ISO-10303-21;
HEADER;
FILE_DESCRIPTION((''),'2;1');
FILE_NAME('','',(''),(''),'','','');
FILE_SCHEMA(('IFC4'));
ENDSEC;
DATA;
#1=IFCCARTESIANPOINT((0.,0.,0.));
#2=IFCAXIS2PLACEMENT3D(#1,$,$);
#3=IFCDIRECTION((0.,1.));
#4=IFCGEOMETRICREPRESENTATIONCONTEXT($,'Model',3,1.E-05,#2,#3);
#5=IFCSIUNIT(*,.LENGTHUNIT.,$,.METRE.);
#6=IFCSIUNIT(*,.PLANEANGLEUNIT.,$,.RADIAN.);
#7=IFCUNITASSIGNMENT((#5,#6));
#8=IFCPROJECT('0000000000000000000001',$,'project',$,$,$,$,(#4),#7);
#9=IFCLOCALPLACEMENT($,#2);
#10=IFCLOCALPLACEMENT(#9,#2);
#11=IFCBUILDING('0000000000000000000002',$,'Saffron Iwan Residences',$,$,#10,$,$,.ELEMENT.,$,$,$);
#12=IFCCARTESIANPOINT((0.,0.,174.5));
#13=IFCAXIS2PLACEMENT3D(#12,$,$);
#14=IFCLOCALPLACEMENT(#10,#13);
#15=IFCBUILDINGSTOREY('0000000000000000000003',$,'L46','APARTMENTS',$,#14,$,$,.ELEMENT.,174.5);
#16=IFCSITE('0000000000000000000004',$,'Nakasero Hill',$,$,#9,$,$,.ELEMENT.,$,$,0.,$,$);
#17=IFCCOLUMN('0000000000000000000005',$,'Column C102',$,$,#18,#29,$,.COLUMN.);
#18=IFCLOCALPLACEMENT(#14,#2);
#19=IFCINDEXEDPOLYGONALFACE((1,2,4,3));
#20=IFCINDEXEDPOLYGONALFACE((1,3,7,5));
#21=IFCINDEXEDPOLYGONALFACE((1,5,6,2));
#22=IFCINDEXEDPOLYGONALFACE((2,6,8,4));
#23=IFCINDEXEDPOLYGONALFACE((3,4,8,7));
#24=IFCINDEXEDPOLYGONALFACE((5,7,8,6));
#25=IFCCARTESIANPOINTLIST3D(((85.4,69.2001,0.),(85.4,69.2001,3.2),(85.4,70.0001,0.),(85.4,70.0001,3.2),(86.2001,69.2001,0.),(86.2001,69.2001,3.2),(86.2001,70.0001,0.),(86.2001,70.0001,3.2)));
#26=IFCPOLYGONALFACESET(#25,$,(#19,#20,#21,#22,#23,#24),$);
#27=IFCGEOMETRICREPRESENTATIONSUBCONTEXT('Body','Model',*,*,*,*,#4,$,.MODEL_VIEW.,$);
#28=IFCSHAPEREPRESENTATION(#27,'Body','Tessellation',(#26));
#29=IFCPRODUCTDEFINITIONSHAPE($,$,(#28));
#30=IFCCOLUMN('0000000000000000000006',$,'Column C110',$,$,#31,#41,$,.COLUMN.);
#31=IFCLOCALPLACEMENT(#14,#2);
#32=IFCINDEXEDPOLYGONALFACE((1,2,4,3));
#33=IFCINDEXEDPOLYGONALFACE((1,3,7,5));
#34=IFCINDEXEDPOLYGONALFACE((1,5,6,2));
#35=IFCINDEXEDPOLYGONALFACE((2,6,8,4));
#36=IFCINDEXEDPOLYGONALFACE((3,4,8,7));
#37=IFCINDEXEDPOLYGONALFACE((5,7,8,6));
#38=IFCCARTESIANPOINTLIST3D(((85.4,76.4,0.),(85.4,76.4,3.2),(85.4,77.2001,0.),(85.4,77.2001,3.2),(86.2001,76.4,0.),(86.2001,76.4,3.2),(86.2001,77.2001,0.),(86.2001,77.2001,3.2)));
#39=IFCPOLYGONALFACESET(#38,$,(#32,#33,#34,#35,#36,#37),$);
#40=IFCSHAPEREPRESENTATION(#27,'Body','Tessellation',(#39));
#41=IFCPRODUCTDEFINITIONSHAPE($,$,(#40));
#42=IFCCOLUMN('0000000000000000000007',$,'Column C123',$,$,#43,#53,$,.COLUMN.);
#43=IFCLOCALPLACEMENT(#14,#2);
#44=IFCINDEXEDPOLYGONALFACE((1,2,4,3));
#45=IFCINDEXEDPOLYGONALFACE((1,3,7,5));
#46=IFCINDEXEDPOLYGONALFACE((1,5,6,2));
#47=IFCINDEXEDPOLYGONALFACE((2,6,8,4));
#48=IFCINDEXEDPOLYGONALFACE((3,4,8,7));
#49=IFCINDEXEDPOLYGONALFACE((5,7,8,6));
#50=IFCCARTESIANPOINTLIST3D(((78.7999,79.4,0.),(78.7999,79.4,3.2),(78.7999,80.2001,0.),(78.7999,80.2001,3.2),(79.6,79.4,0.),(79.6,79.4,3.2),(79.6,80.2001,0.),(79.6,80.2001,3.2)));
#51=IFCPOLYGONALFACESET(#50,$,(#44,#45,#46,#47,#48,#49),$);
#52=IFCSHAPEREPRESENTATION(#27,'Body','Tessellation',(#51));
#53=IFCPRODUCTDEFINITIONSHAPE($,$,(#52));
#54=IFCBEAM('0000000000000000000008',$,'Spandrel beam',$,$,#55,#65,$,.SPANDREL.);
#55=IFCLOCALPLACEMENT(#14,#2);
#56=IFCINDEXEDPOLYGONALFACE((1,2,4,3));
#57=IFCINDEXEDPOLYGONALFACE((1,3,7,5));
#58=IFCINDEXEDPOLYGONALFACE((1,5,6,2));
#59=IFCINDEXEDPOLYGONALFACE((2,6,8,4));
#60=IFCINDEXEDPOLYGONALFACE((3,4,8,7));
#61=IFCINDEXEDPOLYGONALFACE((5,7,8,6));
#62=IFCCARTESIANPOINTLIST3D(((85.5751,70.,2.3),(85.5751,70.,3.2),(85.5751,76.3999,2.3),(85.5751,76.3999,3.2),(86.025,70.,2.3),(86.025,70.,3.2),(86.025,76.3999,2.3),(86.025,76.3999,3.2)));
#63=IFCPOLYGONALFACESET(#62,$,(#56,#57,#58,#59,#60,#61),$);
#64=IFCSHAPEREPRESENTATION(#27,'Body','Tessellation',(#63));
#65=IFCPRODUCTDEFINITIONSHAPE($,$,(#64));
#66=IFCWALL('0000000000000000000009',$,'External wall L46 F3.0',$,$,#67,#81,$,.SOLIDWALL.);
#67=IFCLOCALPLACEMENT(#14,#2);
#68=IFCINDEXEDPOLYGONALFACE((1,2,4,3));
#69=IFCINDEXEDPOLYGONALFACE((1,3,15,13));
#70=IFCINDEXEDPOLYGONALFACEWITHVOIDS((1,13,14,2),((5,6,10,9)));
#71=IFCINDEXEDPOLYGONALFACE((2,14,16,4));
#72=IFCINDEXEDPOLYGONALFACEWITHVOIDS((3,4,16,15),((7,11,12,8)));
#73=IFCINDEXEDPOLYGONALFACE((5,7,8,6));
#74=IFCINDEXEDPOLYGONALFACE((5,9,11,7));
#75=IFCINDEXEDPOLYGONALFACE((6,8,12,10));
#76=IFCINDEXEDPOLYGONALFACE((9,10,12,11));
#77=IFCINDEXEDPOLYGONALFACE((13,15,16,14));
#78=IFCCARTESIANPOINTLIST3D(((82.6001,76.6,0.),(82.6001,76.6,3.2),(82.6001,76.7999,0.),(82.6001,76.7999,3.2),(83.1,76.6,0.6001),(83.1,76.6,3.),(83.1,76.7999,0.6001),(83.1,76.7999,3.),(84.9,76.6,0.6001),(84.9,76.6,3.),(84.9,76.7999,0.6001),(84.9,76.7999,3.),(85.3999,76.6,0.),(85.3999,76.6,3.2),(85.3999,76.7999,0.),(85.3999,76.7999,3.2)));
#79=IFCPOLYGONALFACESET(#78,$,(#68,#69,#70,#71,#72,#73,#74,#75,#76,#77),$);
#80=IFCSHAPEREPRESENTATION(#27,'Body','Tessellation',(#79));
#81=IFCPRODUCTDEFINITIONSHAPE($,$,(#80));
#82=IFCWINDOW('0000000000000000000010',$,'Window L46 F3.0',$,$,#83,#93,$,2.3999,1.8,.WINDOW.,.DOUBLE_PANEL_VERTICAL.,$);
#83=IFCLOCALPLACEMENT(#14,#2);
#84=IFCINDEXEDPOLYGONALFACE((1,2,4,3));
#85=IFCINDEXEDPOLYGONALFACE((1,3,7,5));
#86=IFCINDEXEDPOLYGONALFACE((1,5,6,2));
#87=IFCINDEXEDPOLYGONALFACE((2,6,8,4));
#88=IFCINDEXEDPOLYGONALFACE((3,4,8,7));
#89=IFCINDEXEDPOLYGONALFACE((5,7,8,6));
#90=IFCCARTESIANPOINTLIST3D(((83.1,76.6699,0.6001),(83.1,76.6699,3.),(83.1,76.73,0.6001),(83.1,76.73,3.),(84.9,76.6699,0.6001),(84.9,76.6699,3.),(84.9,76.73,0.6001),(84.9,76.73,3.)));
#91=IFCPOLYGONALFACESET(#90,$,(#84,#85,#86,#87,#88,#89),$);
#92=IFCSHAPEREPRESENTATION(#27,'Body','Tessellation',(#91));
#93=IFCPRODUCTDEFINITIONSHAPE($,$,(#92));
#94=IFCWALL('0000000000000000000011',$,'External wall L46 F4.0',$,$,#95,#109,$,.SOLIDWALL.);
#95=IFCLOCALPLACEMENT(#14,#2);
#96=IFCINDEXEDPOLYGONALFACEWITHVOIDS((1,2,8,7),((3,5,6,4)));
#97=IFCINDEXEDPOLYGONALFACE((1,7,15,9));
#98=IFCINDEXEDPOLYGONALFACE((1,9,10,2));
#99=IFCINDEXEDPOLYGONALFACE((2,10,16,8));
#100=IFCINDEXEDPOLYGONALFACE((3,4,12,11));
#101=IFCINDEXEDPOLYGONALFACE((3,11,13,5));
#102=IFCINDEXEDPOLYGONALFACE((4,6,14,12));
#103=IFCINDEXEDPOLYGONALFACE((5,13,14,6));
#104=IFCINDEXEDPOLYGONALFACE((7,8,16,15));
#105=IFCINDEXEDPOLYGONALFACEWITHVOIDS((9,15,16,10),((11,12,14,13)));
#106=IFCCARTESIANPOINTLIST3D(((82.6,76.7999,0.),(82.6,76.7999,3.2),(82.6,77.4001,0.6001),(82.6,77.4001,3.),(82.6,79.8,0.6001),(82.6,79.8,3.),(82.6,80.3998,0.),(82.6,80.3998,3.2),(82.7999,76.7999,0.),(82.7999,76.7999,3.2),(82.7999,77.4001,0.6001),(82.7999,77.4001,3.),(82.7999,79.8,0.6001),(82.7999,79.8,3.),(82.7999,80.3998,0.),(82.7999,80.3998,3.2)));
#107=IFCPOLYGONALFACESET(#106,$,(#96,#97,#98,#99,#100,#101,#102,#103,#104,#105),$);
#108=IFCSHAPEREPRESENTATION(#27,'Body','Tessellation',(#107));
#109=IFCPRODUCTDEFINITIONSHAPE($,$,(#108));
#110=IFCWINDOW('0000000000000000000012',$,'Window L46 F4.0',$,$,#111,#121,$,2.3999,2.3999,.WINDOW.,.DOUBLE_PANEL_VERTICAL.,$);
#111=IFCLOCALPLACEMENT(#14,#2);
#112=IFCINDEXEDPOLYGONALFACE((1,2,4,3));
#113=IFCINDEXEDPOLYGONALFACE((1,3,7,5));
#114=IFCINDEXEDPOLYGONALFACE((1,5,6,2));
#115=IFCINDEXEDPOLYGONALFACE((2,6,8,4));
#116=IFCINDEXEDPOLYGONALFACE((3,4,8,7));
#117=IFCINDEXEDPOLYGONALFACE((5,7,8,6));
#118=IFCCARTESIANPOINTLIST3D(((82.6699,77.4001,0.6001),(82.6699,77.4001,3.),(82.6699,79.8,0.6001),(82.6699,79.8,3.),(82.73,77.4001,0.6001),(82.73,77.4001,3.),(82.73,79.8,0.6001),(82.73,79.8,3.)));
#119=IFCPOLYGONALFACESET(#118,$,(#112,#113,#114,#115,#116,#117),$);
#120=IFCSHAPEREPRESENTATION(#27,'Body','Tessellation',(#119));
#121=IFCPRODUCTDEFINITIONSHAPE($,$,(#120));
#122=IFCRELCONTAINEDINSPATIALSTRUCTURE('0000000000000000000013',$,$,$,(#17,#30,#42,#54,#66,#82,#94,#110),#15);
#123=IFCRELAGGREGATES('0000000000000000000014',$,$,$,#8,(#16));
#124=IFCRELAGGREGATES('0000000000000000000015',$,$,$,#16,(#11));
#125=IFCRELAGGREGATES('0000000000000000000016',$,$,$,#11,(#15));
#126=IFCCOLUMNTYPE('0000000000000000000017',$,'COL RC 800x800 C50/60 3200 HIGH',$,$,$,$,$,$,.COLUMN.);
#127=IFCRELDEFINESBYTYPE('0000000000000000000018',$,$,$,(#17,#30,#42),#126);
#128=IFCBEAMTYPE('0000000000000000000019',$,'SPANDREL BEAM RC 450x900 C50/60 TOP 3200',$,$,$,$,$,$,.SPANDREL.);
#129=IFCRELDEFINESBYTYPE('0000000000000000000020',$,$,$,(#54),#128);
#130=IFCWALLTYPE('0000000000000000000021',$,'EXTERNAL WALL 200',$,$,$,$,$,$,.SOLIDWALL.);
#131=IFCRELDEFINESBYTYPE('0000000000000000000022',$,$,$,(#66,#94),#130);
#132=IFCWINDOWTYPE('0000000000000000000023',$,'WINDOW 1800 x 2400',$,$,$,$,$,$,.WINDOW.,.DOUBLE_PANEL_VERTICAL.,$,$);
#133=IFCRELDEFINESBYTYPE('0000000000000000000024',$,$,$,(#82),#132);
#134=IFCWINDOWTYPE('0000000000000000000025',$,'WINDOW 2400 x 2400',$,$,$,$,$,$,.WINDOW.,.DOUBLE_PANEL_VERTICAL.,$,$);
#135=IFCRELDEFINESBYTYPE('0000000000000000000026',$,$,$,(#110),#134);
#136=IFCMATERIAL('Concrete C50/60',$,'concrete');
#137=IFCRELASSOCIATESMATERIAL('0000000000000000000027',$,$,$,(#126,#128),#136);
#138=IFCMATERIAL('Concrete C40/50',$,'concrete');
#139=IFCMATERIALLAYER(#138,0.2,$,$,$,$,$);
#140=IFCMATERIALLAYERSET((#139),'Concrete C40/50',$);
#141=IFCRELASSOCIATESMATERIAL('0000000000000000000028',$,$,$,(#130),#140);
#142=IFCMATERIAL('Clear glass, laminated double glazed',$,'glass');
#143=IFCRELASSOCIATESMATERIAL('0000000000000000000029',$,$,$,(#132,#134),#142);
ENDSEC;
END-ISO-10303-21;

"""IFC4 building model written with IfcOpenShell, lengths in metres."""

from ifc_helpers import new_model, si_unit, direction, frame, frame_2d, origin, origin_2d, place, context, subcontext, project, spatial, rectangle, extrude, source, transform, mapped, material, layer, layer_set, material_profile, profile_set, type_object, element, fill, save


model = new_model("IFC4")

# Units and contexts
model_context = context("Model", 3, precision=1e-05, world=origin(), true_north=direction((0.0, 1.0)))
body_context = subcontext(model_context, "Body", "Model", "MODEL_VIEW")
ifc_project = project(units=[si_unit("LENGTHUNIT", "METRE"), si_unit("PLANEANGLEUNIT", "RADIAN")], contexts=[model_context])

# Site, building, storey
site_placement = place(None, origin())
site = spatial("IfcSite", under=ifc_project, at=site_placement, Name="Nakasero Hill", CompositionType="ELEMENT", RefElevation=0.0)
building_placement = place(site_placement, origin())
building = spatial("IfcBuilding", under=site, at=building_placement, Name="Saffron Iwan Residences", CompositionType="ELEMENT")
storey_placement = place(building_placement, frame((0.0, 0.0, 174.5)))
storey = spatial("IfcBuildingStorey", under=building, at=storey_placement, Name="L46", Description="APARTMENTS", CompositionType="ELEMENT", Elevation=174.5)

# Columns
ifc_material_1 = material(Name="Concrete C50/60", Category="concrete")
ifc_material_profile_1 = material_profile(ifc_material_1, rectangle(XDim=0.8, YDim=0.8, at=origin_2d()), Name="RC 800x800")
ifc_profile_set_1 = profile_set([ifc_material_profile_1], Name="Concrete C50/60")
column_type = type_object("IfcColumnType", Name="COL RC 800x800 C50/60 3200 HIGH", PredefinedType="COLUMN", material=ifc_profile_set_1)
shared_shape_1 = source(origin(), body_context, "Body", "SweptSolid", [
    extrude(rectangle(XDim=0.8, YDim=0.8, at=origin_2d()), origin(), (0.0, 0.0, 1.0), 3.2),
])
for number, where, z_axis, x_axis, name in (
    (1, (85.8, 69.6001, 0.0), (0.0, 0.0, 1.0), (1.0, 0.0, 0.0), "Column C102"),
    (2, (85.8, 76.8, 0.0), (0.0, 0.0, 1.0), (1.0, 0.0, 0.0), "Column C110"),
    (3, (79.2, 79.8, 0.0), (0.0, 0.0, 1.0), (1.0, 0.0, 0.0), "Column C123"),
):
    element("IfcColumn", number, at=place(storey_placement, frame(where, z_axis=z_axis, x_axis=x_axis)), inside=storey, type_object=column_type, Name=name, PredefinedType="COLUMN", context=body_context, shape_type="MappedRepresentation", body=[
        mapped(shared_shape_1, transform((0.0, 0.0, 0.0))),
    ])

# Beam
ifc_material_profile_2 = material_profile(ifc_material_1, rectangle(XDim=0.45, YDim=0.8999, at=origin_2d()), Name="RC 450x900")
ifc_profile_set_2 = profile_set([ifc_material_profile_2], Name="Concrete C50/60")
beam_type = type_object("IfcBeamType", Name="SPANDREL BEAM RC 450x900 C50/60 TOP 3200", PredefinedType="SPANDREL", material=ifc_profile_set_2)
shared_shape_2 = source(origin(), body_context, "Body", "SweptSolid", [
    extrude(rectangle(XDim=0.45, YDim=0.8999, at=origin_2d()), origin(), (0.0, 0.0, 1.0), 6.3999),
])
beam_placement = place(storey_placement, frame((85.8, 76.3999, 2.75), z_axis=(0.0, -1.0, 0.0), x_axis=(1.0, 0.0, 0.0)))
element("IfcBeam", 4, at=beam_placement, inside=storey, type_object=beam_type, Name="Spandrel beam", PredefinedType="SPANDREL", context=body_context, shape_type="MappedRepresentation", body=[
    mapped(shared_shape_2, transform((0.0, 0.0, 0.0))),
])

# Walls, openings, windows
ifc_material_2 = material(Name="Concrete C40/50", Category="concrete")
ifc_layer_1 = layer(ifc_material_2, 0.2)
ifc_layer_set_1 = layer_set([ifc_layer_1], Name="Concrete C40/50")
wall_type_1 = type_object("IfcWallType", Name="EXTERNAL WALL 200", PredefinedType="SOLIDWALL", material=ifc_layer_set_1)
wall_1_placement = place(storey_placement, frame((85.3999, 76.7, 0.0), z_axis=(0.0, 0.0, 1.0), x_axis=(-1.0, 0.0, 0.0)))
wall_1 = element("IfcWall", 5, at=wall_1_placement, inside=storey, type_object=wall_type_1, Name="External wall L46 F3.0", PredefinedType="SOLIDWALL", context=body_context, shape_type="SweptSolid", body=[
    extrude(rectangle(XDim=2.7998, YDim=0.2, at=frame_2d((1.3999, 0.0))), origin(), (0.0, 0.0, 1.0), 3.2),
])
opening_1_placement = place(wall_1_placement, frame((0.5, 0.0, 0.6001)))
opening_1 = element("IfcOpeningElement", 6, at=opening_1_placement, cuts=wall_1, PredefinedType="OPENING", context=body_context, shape_type="SweptSolid", body=[
    extrude(rectangle(XDim=1.8, YDim=2.3999, at=frame_2d((0.8999, 1.2))), frame((0.0, 0.1099, 0.0), z_axis=(0.0, -1.0, 0.0), x_axis=(1.0, 0.0, 0.0)), (0.0, 0.0, 1.0), 0.22),
])
ifc_material_3 = material(Name="Clear glass, laminated double glazed", Category="glass")
window_type_1 = type_object("IfcWindowType", Name="WINDOW 1800 x 2400", PartitioningType="DOUBLE_PANEL_VERTICAL", PredefinedType="WINDOW", material=ifc_material_3)
window_1_placement = place(opening_1_placement, origin())
window_1 = element("IfcWindow", 7, at=window_1_placement, inside=storey, type_object=window_type_1, Name="Window L46 F3.0", OverallHeight=2.3999, OverallWidth=1.8, PartitioningType="DOUBLE_PANEL_VERTICAL", PredefinedType="WINDOW", context=body_context, shape_type="SweptSolid", body=[
    extrude(rectangle(XDim=1.8, YDim=2.3999, at=frame_2d((0.8999, 1.2))), frame((0.0, 0.03, 0.0), z_axis=(0.0, -1.0, 0.0), x_axis=(1.0, 0.0, 0.0)), (0.0, 0.0, 1.0), 0.0601),
])
fill(opening_1, window_1)
wall_2_placement = place(storey_placement, frame((82.7, 76.8, 0.0), z_axis=(0.0, 0.0, 1.0), x_axis=(0.0, 1.0, 0.0)))
wall_2 = element("IfcWall", 8, at=wall_2_placement, inside=storey, type_object=wall_type_1, Name="External wall L46 F4.0", PredefinedType="SOLIDWALL", context=body_context, shape_type="SweptSolid", body=[
    extrude(rectangle(XDim=3.5999, YDim=0.2, at=frame_2d((1.7998, 0.0))), origin(), (0.0, 0.0, 1.0), 3.2),
])
opening_2_placement = place(wall_2_placement, frame((0.6001, 0.0, 0.6001)))
opening_2 = element("IfcOpeningElement", 9, at=opening_2_placement, cuts=wall_2, PredefinedType="OPENING", context=body_context, shape_type="SweptSolid", body=[
    extrude(rectangle(XDim=2.3999, YDim=2.3999, at=frame_2d((1.2, 1.2))), frame((0.0, 0.1099, 0.0), z_axis=(0.0, -1.0, 0.0), x_axis=(1.0, 0.0, 0.0)), (0.0, 0.0, 1.0), 0.22),
])
window_type_2 = type_object("IfcWindowType", Name="WINDOW 2400 x 2400", PartitioningType="DOUBLE_PANEL_VERTICAL", PredefinedType="WINDOW", material=ifc_material_3)
window_2_placement = place(opening_2_placement, origin())
window_2 = element("IfcWindow", 10, at=window_2_placement, inside=storey, type_object=window_type_2, Name="Window L46 F4.0", OverallHeight=2.3999, OverallWidth=2.3999, PartitioningType="DOUBLE_PANEL_VERTICAL", PredefinedType="WINDOW", context=body_context, shape_type="SweptSolid", body=[
    extrude(rectangle(XDim=2.3999, YDim=2.3999, at=frame_2d((1.2, 1.2))), frame((0.0, 0.03, 0.0), z_axis=(0.0, -1.0, 0.0), x_axis=(1.0, 0.0, 0.0)), (0.0, 0.0, 1.0), 0.0601),
])
fill(opening_2, window_2)

save(model, "model.ifc")
